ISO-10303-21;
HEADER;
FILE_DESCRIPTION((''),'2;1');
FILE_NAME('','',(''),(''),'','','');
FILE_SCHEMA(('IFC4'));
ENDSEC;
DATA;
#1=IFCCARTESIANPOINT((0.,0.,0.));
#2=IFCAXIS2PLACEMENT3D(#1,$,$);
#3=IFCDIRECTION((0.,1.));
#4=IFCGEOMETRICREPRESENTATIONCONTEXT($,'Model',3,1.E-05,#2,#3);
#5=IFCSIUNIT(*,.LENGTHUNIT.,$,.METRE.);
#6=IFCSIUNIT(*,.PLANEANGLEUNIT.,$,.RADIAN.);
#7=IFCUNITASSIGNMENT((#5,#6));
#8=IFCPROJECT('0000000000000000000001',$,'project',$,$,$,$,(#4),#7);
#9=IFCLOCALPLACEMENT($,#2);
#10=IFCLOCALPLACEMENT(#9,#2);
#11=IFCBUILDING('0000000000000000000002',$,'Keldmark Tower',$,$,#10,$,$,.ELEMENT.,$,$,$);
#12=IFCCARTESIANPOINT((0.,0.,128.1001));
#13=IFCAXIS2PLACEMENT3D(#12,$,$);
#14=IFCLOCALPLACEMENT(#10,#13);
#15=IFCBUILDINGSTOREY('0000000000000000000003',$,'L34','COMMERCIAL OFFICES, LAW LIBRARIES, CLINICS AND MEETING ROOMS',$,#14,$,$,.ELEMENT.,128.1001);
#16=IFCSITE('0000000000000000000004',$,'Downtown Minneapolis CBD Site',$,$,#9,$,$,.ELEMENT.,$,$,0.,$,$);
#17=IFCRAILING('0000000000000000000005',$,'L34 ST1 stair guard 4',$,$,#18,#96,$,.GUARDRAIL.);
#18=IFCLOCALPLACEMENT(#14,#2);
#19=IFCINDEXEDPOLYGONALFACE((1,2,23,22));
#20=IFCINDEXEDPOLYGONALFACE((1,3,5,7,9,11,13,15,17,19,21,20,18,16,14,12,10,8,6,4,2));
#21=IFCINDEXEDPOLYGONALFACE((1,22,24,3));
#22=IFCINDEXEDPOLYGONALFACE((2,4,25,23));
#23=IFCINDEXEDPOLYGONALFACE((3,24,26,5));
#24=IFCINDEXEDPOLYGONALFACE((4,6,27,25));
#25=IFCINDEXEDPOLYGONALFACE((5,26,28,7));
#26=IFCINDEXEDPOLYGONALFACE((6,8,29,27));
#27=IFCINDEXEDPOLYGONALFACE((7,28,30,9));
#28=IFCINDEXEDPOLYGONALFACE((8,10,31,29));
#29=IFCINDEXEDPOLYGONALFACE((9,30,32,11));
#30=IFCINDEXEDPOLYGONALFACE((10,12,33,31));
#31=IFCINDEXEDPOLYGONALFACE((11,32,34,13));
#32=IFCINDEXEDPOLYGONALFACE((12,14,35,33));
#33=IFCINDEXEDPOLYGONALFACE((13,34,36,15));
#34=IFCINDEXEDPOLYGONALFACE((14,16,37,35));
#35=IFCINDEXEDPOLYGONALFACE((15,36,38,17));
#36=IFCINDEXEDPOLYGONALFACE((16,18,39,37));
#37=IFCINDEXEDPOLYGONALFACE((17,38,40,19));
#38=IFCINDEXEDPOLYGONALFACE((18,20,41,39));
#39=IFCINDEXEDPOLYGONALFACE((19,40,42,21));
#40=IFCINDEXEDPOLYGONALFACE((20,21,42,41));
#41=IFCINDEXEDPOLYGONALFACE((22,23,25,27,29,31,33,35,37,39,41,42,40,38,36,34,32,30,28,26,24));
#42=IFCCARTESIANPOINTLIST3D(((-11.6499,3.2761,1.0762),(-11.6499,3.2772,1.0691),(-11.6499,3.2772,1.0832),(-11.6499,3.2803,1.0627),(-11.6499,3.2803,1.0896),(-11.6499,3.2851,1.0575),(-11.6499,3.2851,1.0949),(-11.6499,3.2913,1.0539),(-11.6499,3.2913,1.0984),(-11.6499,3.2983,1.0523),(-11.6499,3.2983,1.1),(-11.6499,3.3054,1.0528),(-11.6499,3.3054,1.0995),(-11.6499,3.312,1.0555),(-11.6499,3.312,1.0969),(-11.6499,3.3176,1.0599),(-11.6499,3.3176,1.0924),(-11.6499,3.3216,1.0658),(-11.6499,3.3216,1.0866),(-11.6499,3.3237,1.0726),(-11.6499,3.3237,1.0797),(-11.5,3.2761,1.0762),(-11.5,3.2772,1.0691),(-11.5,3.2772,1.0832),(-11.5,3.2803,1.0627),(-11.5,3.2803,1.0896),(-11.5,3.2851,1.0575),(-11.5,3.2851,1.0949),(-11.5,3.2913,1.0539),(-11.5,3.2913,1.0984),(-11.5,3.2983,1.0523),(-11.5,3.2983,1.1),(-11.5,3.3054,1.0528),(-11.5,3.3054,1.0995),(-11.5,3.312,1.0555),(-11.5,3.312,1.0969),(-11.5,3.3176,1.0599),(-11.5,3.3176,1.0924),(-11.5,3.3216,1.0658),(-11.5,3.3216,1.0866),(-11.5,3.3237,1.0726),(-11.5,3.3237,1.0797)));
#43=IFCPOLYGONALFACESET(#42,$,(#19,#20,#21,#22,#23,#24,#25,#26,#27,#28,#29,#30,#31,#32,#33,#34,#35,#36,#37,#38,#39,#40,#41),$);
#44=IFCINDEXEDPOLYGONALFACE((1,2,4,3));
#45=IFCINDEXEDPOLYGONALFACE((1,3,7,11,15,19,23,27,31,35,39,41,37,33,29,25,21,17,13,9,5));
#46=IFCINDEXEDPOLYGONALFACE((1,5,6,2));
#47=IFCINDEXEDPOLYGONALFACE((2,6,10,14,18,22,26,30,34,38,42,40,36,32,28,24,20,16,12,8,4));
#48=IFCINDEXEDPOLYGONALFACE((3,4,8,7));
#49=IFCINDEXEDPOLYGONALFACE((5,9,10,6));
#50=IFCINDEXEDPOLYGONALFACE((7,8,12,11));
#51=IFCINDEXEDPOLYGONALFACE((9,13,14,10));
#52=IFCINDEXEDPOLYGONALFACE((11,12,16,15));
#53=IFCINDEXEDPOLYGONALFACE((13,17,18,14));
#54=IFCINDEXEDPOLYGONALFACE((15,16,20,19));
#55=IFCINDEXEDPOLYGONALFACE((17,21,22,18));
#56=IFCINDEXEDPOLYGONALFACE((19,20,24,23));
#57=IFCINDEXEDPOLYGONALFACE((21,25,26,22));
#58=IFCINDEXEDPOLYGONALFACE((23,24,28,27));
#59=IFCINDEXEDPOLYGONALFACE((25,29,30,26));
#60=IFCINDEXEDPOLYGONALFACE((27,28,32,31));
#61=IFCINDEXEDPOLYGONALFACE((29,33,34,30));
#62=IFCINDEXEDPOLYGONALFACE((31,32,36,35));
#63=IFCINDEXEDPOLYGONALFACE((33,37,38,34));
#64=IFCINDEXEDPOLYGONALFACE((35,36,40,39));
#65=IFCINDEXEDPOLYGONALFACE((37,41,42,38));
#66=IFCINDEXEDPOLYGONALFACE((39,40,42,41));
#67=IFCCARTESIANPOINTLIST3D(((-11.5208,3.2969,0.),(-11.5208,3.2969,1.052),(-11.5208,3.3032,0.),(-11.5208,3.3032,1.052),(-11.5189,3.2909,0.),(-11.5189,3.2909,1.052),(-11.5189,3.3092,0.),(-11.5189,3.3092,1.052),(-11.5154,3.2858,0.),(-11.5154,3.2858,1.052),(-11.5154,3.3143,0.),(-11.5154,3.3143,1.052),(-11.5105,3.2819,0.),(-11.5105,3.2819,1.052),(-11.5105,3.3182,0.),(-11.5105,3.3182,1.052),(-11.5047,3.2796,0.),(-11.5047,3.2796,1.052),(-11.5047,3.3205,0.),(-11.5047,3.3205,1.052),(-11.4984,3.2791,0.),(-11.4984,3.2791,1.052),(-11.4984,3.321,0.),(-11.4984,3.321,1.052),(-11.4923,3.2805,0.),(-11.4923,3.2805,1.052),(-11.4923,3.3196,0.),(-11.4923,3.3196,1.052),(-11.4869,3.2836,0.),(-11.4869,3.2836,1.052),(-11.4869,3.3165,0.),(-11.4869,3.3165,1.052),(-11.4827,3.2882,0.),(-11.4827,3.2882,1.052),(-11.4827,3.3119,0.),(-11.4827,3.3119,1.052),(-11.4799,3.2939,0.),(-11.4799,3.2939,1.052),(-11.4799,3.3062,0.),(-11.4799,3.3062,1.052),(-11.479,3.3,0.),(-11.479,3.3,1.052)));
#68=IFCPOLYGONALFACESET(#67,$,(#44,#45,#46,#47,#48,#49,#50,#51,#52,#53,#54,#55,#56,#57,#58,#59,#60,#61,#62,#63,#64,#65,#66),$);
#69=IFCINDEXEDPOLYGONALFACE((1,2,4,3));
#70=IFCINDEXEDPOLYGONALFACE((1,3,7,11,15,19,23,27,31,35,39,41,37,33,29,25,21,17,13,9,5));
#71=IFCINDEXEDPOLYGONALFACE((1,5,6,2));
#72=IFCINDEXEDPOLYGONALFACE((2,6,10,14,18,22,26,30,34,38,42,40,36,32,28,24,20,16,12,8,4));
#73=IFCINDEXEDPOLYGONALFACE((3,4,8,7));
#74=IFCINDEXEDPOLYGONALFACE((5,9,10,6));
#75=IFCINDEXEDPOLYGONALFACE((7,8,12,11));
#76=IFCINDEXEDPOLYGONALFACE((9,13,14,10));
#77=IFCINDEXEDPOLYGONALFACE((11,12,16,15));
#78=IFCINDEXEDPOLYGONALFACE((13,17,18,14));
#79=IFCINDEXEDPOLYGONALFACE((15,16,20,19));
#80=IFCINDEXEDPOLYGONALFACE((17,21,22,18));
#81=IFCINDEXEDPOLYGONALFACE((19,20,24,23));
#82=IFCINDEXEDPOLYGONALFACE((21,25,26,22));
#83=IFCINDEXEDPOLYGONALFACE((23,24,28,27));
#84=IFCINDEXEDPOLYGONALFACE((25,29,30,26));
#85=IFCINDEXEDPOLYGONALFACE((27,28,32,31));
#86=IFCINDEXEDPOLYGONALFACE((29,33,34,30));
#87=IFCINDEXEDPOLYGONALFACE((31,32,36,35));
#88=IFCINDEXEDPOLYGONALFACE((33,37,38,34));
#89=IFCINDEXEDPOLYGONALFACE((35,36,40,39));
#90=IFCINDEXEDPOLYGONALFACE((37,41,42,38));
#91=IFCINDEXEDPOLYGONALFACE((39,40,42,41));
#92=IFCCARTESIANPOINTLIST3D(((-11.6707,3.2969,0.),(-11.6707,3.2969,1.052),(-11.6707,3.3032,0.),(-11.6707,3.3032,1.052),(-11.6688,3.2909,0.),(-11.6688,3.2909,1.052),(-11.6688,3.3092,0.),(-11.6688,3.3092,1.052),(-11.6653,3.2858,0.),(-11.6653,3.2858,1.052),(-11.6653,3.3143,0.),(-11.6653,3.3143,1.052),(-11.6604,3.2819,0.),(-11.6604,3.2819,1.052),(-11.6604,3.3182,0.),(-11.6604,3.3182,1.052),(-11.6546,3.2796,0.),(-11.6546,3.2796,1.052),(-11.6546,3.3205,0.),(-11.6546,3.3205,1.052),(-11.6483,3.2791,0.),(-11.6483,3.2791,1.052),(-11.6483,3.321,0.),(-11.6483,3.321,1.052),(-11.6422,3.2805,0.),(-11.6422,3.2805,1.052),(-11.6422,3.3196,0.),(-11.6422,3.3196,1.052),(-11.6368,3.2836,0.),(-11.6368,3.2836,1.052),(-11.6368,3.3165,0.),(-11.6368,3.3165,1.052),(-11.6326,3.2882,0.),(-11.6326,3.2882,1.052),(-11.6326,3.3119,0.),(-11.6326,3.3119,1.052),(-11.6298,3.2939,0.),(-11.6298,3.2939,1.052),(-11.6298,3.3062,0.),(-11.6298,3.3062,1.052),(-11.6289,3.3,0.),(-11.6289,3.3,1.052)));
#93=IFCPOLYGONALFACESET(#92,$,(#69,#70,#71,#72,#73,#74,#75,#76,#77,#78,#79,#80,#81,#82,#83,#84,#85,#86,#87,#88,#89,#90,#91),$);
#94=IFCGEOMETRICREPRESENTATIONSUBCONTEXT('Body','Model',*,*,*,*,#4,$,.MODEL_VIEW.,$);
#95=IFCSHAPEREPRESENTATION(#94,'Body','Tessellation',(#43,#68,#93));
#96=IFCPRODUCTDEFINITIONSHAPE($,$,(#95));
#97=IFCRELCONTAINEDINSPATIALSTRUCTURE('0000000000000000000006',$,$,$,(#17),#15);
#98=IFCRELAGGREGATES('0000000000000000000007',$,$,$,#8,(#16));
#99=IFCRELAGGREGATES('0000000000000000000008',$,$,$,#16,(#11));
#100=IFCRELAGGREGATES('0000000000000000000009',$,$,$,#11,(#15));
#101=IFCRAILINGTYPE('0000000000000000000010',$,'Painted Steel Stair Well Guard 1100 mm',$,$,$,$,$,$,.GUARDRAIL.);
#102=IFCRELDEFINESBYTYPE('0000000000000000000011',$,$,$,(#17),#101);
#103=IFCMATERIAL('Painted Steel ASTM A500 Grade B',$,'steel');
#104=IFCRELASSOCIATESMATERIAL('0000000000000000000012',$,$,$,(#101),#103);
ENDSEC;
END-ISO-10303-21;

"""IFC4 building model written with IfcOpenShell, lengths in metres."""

from ifc_helpers import new_model, si_unit, direction, frame, origin, origin_2d, place, context, subcontext, project, spatial, circle, extrude, material, type_object, element, save


model = new_model("IFC4")

# Units and contexts
model_context = context("Model", 3, precision=1e-05, world=origin(), true_north=direction((0.0, 1.0)))
body_context = subcontext(model_context, "Body", "Model", "MODEL_VIEW")
ifc_project = project(units=[si_unit("LENGTHUNIT", "METRE"), si_unit("PLANEANGLEUNIT", "RADIAN")], contexts=[model_context])

# Site, building, storey
site_placement = place(None, origin())
site = spatial("IfcSite", under=ifc_project, at=site_placement, Name="Downtown Minneapolis CBD Site", CompositionType="ELEMENT", RefElevation=0.0)
building_placement = place(site_placement, origin())
building = spatial("IfcBuilding", under=site, at=building_placement, Name="Keldmark Tower", CompositionType="ELEMENT")
storey_placement = place(building_placement, frame((0.0, 0.0, 128.1001)))
storey = spatial("IfcBuildingStorey", under=building, at=storey_placement, Name="L34", Description="COMMERCIAL OFFICES, LAW LIBRARIES, CLINICS AND MEETING ROOMS", CompositionType="ELEMENT", Elevation=128.1001)

# Railing
ifc_material_1 = material(Name="Painted Steel ASTM A500 Grade B", Category="steel")
railing_type_1 = type_object("IfcRailingType", Name="Painted Steel Stair Well Guard 1100 mm", PredefinedType="GUARDRAIL", material=ifc_material_1)
railing_1_placement = place(storey_placement, frame((-11.5, 3.3, 0.0)))
element("IfcRailing", 1, at=railing_1_placement, inside=storey, type_object=railing_type_1, Name="L34 ST1 stair guard 4", PredefinedType="GUARDRAIL", context=body_context, shape_type="SweptSolid", body=[
    extrude(circle(Radius=0.0239, at=origin_2d()), frame((0.0, 0.0, 1.0762), z_axis=(-1.0, 0.0, 0.0), x_axis=(0.0, -1.0, 0.0)), (0.0, 0.0, 1.0), 0.1499),
    extrude(circle(Radius=0.021, at=origin_2d()), origin(), (0.0, 0.0, 1.0), 1.052),
    extrude(circle(Radius=0.021, at=origin_2d()), frame((-0.1499, 0.0, 0.0)), (0.0, 0.0, 1.0), 1.052),
])

save(model, "model.ifc")
